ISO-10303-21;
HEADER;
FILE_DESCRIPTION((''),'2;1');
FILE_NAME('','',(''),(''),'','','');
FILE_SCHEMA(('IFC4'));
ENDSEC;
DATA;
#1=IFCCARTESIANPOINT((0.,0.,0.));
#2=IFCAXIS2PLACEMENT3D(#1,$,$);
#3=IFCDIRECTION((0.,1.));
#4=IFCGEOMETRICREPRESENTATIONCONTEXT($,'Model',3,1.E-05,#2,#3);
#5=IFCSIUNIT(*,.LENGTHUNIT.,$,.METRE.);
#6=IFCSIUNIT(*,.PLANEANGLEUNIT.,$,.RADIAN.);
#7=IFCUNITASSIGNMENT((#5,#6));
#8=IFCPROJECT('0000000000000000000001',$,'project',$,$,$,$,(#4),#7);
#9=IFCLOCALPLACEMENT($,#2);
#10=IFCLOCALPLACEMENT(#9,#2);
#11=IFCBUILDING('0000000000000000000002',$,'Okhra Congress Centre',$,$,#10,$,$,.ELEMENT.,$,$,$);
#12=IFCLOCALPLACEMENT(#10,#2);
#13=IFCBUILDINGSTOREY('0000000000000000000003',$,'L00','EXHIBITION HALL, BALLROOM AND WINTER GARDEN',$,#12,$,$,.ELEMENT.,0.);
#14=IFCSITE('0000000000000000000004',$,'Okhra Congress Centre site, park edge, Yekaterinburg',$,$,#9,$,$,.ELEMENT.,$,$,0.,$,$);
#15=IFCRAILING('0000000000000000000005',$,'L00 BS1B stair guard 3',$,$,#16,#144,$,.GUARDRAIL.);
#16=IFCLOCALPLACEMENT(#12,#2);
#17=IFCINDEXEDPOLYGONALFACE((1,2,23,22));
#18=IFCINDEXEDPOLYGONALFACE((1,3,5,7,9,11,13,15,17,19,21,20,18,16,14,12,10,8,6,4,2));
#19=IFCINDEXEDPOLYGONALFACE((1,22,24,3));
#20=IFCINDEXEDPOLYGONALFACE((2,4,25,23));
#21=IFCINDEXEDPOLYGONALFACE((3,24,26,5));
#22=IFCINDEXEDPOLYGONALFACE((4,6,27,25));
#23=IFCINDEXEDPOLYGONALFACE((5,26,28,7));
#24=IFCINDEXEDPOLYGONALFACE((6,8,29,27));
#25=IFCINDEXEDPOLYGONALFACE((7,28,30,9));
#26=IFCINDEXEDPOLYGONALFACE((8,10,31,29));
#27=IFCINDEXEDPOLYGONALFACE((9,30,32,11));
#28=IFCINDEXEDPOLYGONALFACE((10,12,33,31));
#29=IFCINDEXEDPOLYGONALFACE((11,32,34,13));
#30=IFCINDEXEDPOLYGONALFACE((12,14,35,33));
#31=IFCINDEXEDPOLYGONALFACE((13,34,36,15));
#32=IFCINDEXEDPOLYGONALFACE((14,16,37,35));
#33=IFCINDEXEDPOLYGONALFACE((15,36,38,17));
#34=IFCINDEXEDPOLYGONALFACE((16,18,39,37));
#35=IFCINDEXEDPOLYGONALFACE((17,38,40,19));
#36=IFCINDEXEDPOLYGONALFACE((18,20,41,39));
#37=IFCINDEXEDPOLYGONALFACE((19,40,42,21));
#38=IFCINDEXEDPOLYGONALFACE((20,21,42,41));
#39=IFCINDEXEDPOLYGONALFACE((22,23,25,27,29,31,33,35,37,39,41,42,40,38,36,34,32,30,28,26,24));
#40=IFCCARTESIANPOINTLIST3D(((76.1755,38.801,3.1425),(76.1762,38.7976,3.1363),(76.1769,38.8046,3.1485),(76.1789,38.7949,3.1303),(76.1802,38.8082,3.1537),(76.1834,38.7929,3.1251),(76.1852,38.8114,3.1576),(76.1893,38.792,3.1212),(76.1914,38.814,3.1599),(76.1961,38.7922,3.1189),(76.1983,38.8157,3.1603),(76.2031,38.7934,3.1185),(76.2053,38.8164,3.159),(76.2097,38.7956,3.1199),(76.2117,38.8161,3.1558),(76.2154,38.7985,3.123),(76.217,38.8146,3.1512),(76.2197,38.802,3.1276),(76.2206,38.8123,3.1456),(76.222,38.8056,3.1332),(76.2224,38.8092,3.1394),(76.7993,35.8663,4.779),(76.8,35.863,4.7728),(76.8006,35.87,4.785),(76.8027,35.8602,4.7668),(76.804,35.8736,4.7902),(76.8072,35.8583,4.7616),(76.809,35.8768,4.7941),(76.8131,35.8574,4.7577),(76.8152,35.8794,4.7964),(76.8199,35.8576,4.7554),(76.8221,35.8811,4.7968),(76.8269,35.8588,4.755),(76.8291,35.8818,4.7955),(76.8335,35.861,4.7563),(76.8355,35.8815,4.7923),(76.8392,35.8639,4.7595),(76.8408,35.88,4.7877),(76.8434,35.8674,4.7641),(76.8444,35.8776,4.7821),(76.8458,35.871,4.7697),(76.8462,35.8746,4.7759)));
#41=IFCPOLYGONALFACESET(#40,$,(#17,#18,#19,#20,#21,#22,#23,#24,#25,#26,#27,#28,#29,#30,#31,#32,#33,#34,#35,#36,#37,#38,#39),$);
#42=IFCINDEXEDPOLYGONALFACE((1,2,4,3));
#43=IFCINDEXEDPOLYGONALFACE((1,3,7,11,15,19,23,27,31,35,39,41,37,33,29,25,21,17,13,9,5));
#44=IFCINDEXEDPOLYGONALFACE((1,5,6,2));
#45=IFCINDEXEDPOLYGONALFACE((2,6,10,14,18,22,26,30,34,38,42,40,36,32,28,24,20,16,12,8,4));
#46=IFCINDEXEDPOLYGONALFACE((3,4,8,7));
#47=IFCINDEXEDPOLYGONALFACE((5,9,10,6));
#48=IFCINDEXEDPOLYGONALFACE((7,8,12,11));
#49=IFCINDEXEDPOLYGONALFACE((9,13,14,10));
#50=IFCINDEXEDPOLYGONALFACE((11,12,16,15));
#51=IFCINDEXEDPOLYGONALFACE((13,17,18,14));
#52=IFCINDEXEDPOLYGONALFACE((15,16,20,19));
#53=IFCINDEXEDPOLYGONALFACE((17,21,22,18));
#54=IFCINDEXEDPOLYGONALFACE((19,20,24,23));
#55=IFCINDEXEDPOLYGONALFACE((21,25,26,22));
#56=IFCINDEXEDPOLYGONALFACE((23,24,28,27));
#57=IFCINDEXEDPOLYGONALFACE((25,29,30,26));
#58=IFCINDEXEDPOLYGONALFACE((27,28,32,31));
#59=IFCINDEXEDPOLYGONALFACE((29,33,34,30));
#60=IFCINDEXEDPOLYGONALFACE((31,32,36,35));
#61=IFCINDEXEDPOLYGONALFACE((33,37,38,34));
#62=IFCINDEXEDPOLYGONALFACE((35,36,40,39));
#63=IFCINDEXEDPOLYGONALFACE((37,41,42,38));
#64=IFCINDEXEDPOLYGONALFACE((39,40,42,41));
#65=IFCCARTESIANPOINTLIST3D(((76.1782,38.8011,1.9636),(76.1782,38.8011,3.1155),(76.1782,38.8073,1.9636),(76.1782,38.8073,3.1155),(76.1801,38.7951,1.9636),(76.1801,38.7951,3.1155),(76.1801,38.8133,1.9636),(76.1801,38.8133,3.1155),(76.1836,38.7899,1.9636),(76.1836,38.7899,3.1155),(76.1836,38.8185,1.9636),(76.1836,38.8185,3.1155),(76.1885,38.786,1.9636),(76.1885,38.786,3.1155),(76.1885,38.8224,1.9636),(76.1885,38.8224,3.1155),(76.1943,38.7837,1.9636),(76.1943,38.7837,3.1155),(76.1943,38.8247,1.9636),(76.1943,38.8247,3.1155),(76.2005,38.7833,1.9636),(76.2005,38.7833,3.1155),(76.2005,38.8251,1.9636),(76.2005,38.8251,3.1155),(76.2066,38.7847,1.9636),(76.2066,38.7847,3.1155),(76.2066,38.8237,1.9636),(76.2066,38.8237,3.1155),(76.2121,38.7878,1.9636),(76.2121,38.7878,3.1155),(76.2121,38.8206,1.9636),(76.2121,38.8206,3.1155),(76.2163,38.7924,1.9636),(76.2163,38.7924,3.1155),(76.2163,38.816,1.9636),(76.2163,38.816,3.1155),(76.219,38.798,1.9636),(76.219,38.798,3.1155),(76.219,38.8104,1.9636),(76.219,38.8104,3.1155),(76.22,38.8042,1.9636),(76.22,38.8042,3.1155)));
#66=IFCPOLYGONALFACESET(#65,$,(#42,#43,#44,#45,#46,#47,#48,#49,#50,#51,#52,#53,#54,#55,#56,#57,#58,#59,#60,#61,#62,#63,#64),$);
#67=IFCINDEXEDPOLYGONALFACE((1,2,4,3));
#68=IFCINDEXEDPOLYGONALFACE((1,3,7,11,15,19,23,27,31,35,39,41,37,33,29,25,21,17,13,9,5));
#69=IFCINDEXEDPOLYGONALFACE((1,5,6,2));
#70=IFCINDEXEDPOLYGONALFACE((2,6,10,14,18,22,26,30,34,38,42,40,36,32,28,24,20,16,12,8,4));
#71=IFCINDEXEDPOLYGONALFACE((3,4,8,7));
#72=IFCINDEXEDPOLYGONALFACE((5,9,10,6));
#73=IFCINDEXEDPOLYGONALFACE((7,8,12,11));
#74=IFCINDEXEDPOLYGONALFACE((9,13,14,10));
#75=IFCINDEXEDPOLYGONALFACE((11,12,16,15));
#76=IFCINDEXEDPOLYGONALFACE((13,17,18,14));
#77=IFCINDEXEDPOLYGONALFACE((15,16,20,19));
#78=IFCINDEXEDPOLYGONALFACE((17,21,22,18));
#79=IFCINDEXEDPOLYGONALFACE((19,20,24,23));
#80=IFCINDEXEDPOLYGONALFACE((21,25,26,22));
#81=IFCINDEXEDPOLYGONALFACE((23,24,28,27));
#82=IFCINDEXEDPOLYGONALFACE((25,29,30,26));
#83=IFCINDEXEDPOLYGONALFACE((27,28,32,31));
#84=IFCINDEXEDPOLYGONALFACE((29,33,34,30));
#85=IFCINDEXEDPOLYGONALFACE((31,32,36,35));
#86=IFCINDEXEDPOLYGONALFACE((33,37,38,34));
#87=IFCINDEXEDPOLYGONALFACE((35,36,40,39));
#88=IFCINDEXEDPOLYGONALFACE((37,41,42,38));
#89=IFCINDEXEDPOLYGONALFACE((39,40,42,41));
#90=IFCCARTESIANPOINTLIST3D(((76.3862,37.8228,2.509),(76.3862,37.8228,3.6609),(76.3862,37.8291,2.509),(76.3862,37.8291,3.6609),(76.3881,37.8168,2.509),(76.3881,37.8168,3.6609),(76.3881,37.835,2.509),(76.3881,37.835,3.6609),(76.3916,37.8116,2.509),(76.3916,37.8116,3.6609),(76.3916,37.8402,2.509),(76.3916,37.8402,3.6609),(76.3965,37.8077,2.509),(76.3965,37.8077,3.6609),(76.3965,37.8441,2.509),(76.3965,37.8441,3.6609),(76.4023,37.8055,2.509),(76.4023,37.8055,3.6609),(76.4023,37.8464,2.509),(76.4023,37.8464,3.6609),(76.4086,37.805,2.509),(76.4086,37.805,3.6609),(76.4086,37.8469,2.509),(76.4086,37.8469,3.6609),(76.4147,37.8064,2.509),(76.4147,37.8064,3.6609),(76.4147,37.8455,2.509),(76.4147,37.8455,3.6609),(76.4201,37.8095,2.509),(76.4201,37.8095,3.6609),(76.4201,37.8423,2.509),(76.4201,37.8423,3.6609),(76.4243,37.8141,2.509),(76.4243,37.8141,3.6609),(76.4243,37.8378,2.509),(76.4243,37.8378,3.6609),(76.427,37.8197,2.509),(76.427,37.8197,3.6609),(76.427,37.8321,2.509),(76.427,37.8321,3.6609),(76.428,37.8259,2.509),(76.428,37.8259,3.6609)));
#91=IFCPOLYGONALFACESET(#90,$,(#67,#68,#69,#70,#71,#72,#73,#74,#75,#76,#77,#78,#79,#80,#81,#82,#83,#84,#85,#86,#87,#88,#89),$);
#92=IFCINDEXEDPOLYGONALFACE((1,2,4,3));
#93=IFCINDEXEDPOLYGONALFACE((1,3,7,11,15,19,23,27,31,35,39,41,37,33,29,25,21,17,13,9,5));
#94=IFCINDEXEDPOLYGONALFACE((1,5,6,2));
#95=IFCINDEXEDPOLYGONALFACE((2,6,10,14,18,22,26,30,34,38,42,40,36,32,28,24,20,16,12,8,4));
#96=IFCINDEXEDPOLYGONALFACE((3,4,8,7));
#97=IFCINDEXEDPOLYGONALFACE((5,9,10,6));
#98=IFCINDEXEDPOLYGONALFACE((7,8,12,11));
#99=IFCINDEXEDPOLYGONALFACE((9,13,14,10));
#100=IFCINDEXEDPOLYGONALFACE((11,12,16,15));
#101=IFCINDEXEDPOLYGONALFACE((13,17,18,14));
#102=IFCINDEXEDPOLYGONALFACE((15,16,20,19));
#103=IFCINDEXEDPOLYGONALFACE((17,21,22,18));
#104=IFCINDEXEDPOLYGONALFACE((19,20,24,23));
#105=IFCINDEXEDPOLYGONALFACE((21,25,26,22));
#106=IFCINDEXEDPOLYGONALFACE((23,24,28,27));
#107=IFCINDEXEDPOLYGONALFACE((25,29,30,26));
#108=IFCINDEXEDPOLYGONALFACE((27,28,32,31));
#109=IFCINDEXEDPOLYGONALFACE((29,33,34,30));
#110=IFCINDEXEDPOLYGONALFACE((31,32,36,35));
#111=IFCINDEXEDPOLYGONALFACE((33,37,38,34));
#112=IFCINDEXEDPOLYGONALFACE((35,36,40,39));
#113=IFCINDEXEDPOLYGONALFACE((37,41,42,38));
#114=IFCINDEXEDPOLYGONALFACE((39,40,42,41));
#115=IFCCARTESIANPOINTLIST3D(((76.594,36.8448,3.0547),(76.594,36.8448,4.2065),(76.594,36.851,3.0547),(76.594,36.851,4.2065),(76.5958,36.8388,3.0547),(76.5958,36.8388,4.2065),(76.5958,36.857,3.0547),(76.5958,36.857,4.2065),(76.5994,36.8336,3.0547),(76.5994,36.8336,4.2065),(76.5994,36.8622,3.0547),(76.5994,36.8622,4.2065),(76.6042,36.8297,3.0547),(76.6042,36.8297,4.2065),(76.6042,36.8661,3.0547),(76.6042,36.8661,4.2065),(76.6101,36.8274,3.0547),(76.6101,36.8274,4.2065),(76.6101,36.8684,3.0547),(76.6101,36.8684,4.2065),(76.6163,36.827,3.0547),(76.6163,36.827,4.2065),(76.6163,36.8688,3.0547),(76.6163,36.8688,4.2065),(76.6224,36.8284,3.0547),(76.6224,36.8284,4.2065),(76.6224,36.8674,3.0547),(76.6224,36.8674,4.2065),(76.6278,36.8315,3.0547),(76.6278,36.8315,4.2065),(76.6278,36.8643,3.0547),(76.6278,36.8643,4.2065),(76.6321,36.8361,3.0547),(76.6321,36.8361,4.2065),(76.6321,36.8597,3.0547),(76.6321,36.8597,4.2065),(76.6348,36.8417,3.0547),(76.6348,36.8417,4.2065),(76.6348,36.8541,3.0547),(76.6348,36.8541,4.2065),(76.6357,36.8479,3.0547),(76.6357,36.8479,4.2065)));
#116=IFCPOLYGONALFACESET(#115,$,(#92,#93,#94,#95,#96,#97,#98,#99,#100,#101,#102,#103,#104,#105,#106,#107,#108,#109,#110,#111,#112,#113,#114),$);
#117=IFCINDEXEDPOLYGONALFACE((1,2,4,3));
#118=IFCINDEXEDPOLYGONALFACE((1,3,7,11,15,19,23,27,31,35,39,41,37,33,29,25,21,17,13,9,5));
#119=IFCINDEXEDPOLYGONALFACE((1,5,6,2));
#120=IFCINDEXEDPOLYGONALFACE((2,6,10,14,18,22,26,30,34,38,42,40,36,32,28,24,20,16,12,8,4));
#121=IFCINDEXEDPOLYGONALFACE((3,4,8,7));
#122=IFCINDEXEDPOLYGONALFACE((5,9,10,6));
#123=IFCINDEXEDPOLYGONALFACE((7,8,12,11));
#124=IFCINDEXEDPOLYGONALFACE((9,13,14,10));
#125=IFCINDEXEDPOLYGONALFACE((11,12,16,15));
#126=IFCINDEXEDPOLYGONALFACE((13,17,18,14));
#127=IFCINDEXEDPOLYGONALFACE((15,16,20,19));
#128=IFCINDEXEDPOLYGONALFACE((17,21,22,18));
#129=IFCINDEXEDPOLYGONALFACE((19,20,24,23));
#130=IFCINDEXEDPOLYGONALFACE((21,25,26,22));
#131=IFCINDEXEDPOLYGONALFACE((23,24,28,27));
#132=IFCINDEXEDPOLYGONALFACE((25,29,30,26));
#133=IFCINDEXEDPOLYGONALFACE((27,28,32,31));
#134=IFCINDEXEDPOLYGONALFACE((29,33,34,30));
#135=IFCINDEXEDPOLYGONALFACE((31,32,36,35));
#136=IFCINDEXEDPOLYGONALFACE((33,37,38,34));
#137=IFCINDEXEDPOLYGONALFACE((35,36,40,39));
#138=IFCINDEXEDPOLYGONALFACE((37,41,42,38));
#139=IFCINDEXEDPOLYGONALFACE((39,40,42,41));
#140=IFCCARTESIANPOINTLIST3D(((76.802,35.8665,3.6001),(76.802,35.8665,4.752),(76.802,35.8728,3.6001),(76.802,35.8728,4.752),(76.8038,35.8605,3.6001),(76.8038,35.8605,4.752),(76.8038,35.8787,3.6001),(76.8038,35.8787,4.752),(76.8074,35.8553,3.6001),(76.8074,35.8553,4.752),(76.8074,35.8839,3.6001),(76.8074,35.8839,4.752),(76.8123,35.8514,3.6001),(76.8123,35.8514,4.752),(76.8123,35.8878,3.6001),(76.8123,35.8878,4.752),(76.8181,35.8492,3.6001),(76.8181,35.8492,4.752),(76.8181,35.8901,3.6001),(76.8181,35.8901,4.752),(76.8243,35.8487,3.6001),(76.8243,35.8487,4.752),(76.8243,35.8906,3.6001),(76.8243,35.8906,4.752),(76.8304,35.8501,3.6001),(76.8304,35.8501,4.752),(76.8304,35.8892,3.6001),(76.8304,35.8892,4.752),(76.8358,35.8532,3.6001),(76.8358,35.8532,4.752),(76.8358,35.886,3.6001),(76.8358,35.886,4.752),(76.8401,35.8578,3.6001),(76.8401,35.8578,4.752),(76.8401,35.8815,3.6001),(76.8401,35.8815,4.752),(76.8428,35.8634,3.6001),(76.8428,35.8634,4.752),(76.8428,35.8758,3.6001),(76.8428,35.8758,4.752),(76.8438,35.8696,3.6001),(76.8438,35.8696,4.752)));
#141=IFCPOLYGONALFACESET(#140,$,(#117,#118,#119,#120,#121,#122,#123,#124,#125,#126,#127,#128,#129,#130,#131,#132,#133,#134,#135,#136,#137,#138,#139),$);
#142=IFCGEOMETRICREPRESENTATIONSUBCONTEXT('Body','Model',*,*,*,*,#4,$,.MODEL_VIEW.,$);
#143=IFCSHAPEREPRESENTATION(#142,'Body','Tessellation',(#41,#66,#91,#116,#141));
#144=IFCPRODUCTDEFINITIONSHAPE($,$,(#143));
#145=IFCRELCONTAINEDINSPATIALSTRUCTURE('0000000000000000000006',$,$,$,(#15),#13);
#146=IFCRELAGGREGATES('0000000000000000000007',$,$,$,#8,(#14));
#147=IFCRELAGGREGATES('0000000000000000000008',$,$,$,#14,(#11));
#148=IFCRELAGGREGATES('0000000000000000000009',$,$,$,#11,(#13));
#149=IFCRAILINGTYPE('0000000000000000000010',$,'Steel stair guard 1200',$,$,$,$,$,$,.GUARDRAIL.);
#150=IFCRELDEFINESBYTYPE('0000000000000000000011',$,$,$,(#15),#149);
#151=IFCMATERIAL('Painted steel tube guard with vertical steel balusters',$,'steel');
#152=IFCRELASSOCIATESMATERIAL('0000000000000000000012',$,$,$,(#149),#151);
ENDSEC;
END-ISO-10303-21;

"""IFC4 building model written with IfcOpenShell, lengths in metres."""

from ifc_helpers import new_model, si_unit, direction, frame, origin, origin_2d, place, context, subcontext, project, spatial, circle, extrude, material, type_object, element, save


model = new_model("IFC4")

# Units and contexts
model_context = context("Model", 3, precision=1e-05, world=origin(), true_north=direction((0.0, 1.0)))
body_context = subcontext(model_context, "Body", "Model", "MODEL_VIEW")
ifc_project = project(units=[si_unit("LENGTHUNIT", "METRE"), si_unit("PLANEANGLEUNIT", "RADIAN")], contexts=[model_context])

# Site, building, storey
site_placement = place(None, origin())
site = spatial("IfcSite", under=ifc_project, at=site_placement, Name="Okhra Congress Centre site, park edge, Yekaterinburg", CompositionType="ELEMENT", RefElevation=0.0)
building_placement = place(site_placement, origin())
building = spatial("IfcBuilding", under=site, at=building_placement, Name="Okhra Congress Centre", CompositionType="ELEMENT")
storey_placement = place(building_placement, origin())
storey = spatial("IfcBuildingStorey", under=building, at=storey_placement, Name="L00", Description="EXHIBITION HALL, BALLROOM AND WINTER GARDEN", CompositionType="ELEMENT", Elevation=0.0)

# Railing
ifc_material_1 = material(Name="Painted steel tube guard with vertical steel balusters", Category="steel")
railing_type_1 = type_object("IfcRailingType", Name="Steel stair guard 1200", PredefinedType="GUARDRAIL", material=ifc_material_1)
railing_1_placement = place(storey_placement, frame((76.199, 38.8042, 1.9636)))
element("IfcRailing", 1, at=railing_1_placement, inside=storey, type_object=railing_type_1, Name="L00 BS1B stair guard 3", PredefinedType="GUARDRAIL", context=body_context, shape_type="SweptSolid", body=[
    extrude(circle(Radius=0.0239, at=origin_2d()), frame((0.0, 0.0, 1.1758), z_axis=(0.182529, -0.858706, 0.478861), x_axis=(0.978146, 0.207917, 0.0)), (0.0, 0.0, 1.0), 3.4175),
    extrude(circle(Radius=0.021, at=origin_2d()), origin(), (0.0, 0.0, 1.0), 1.1519),
    extrude(circle(Radius=0.021, at=origin_2d()), frame((0.208, -0.9783, 0.5454)), (0.0, 0.0, 1.0), 1.1519),
    extrude(circle(Radius=0.021, at=origin_2d()), frame((0.4158, -1.9563, 1.0911)), (0.0, 0.0, 1.0), 1.1519),
    extrude(circle(Radius=0.021, at=origin_2d()), frame((0.6238, -2.9346, 1.6365)), (0.0, 0.0, 1.0), 1.1519),
])

save(model, "model.ifc")
